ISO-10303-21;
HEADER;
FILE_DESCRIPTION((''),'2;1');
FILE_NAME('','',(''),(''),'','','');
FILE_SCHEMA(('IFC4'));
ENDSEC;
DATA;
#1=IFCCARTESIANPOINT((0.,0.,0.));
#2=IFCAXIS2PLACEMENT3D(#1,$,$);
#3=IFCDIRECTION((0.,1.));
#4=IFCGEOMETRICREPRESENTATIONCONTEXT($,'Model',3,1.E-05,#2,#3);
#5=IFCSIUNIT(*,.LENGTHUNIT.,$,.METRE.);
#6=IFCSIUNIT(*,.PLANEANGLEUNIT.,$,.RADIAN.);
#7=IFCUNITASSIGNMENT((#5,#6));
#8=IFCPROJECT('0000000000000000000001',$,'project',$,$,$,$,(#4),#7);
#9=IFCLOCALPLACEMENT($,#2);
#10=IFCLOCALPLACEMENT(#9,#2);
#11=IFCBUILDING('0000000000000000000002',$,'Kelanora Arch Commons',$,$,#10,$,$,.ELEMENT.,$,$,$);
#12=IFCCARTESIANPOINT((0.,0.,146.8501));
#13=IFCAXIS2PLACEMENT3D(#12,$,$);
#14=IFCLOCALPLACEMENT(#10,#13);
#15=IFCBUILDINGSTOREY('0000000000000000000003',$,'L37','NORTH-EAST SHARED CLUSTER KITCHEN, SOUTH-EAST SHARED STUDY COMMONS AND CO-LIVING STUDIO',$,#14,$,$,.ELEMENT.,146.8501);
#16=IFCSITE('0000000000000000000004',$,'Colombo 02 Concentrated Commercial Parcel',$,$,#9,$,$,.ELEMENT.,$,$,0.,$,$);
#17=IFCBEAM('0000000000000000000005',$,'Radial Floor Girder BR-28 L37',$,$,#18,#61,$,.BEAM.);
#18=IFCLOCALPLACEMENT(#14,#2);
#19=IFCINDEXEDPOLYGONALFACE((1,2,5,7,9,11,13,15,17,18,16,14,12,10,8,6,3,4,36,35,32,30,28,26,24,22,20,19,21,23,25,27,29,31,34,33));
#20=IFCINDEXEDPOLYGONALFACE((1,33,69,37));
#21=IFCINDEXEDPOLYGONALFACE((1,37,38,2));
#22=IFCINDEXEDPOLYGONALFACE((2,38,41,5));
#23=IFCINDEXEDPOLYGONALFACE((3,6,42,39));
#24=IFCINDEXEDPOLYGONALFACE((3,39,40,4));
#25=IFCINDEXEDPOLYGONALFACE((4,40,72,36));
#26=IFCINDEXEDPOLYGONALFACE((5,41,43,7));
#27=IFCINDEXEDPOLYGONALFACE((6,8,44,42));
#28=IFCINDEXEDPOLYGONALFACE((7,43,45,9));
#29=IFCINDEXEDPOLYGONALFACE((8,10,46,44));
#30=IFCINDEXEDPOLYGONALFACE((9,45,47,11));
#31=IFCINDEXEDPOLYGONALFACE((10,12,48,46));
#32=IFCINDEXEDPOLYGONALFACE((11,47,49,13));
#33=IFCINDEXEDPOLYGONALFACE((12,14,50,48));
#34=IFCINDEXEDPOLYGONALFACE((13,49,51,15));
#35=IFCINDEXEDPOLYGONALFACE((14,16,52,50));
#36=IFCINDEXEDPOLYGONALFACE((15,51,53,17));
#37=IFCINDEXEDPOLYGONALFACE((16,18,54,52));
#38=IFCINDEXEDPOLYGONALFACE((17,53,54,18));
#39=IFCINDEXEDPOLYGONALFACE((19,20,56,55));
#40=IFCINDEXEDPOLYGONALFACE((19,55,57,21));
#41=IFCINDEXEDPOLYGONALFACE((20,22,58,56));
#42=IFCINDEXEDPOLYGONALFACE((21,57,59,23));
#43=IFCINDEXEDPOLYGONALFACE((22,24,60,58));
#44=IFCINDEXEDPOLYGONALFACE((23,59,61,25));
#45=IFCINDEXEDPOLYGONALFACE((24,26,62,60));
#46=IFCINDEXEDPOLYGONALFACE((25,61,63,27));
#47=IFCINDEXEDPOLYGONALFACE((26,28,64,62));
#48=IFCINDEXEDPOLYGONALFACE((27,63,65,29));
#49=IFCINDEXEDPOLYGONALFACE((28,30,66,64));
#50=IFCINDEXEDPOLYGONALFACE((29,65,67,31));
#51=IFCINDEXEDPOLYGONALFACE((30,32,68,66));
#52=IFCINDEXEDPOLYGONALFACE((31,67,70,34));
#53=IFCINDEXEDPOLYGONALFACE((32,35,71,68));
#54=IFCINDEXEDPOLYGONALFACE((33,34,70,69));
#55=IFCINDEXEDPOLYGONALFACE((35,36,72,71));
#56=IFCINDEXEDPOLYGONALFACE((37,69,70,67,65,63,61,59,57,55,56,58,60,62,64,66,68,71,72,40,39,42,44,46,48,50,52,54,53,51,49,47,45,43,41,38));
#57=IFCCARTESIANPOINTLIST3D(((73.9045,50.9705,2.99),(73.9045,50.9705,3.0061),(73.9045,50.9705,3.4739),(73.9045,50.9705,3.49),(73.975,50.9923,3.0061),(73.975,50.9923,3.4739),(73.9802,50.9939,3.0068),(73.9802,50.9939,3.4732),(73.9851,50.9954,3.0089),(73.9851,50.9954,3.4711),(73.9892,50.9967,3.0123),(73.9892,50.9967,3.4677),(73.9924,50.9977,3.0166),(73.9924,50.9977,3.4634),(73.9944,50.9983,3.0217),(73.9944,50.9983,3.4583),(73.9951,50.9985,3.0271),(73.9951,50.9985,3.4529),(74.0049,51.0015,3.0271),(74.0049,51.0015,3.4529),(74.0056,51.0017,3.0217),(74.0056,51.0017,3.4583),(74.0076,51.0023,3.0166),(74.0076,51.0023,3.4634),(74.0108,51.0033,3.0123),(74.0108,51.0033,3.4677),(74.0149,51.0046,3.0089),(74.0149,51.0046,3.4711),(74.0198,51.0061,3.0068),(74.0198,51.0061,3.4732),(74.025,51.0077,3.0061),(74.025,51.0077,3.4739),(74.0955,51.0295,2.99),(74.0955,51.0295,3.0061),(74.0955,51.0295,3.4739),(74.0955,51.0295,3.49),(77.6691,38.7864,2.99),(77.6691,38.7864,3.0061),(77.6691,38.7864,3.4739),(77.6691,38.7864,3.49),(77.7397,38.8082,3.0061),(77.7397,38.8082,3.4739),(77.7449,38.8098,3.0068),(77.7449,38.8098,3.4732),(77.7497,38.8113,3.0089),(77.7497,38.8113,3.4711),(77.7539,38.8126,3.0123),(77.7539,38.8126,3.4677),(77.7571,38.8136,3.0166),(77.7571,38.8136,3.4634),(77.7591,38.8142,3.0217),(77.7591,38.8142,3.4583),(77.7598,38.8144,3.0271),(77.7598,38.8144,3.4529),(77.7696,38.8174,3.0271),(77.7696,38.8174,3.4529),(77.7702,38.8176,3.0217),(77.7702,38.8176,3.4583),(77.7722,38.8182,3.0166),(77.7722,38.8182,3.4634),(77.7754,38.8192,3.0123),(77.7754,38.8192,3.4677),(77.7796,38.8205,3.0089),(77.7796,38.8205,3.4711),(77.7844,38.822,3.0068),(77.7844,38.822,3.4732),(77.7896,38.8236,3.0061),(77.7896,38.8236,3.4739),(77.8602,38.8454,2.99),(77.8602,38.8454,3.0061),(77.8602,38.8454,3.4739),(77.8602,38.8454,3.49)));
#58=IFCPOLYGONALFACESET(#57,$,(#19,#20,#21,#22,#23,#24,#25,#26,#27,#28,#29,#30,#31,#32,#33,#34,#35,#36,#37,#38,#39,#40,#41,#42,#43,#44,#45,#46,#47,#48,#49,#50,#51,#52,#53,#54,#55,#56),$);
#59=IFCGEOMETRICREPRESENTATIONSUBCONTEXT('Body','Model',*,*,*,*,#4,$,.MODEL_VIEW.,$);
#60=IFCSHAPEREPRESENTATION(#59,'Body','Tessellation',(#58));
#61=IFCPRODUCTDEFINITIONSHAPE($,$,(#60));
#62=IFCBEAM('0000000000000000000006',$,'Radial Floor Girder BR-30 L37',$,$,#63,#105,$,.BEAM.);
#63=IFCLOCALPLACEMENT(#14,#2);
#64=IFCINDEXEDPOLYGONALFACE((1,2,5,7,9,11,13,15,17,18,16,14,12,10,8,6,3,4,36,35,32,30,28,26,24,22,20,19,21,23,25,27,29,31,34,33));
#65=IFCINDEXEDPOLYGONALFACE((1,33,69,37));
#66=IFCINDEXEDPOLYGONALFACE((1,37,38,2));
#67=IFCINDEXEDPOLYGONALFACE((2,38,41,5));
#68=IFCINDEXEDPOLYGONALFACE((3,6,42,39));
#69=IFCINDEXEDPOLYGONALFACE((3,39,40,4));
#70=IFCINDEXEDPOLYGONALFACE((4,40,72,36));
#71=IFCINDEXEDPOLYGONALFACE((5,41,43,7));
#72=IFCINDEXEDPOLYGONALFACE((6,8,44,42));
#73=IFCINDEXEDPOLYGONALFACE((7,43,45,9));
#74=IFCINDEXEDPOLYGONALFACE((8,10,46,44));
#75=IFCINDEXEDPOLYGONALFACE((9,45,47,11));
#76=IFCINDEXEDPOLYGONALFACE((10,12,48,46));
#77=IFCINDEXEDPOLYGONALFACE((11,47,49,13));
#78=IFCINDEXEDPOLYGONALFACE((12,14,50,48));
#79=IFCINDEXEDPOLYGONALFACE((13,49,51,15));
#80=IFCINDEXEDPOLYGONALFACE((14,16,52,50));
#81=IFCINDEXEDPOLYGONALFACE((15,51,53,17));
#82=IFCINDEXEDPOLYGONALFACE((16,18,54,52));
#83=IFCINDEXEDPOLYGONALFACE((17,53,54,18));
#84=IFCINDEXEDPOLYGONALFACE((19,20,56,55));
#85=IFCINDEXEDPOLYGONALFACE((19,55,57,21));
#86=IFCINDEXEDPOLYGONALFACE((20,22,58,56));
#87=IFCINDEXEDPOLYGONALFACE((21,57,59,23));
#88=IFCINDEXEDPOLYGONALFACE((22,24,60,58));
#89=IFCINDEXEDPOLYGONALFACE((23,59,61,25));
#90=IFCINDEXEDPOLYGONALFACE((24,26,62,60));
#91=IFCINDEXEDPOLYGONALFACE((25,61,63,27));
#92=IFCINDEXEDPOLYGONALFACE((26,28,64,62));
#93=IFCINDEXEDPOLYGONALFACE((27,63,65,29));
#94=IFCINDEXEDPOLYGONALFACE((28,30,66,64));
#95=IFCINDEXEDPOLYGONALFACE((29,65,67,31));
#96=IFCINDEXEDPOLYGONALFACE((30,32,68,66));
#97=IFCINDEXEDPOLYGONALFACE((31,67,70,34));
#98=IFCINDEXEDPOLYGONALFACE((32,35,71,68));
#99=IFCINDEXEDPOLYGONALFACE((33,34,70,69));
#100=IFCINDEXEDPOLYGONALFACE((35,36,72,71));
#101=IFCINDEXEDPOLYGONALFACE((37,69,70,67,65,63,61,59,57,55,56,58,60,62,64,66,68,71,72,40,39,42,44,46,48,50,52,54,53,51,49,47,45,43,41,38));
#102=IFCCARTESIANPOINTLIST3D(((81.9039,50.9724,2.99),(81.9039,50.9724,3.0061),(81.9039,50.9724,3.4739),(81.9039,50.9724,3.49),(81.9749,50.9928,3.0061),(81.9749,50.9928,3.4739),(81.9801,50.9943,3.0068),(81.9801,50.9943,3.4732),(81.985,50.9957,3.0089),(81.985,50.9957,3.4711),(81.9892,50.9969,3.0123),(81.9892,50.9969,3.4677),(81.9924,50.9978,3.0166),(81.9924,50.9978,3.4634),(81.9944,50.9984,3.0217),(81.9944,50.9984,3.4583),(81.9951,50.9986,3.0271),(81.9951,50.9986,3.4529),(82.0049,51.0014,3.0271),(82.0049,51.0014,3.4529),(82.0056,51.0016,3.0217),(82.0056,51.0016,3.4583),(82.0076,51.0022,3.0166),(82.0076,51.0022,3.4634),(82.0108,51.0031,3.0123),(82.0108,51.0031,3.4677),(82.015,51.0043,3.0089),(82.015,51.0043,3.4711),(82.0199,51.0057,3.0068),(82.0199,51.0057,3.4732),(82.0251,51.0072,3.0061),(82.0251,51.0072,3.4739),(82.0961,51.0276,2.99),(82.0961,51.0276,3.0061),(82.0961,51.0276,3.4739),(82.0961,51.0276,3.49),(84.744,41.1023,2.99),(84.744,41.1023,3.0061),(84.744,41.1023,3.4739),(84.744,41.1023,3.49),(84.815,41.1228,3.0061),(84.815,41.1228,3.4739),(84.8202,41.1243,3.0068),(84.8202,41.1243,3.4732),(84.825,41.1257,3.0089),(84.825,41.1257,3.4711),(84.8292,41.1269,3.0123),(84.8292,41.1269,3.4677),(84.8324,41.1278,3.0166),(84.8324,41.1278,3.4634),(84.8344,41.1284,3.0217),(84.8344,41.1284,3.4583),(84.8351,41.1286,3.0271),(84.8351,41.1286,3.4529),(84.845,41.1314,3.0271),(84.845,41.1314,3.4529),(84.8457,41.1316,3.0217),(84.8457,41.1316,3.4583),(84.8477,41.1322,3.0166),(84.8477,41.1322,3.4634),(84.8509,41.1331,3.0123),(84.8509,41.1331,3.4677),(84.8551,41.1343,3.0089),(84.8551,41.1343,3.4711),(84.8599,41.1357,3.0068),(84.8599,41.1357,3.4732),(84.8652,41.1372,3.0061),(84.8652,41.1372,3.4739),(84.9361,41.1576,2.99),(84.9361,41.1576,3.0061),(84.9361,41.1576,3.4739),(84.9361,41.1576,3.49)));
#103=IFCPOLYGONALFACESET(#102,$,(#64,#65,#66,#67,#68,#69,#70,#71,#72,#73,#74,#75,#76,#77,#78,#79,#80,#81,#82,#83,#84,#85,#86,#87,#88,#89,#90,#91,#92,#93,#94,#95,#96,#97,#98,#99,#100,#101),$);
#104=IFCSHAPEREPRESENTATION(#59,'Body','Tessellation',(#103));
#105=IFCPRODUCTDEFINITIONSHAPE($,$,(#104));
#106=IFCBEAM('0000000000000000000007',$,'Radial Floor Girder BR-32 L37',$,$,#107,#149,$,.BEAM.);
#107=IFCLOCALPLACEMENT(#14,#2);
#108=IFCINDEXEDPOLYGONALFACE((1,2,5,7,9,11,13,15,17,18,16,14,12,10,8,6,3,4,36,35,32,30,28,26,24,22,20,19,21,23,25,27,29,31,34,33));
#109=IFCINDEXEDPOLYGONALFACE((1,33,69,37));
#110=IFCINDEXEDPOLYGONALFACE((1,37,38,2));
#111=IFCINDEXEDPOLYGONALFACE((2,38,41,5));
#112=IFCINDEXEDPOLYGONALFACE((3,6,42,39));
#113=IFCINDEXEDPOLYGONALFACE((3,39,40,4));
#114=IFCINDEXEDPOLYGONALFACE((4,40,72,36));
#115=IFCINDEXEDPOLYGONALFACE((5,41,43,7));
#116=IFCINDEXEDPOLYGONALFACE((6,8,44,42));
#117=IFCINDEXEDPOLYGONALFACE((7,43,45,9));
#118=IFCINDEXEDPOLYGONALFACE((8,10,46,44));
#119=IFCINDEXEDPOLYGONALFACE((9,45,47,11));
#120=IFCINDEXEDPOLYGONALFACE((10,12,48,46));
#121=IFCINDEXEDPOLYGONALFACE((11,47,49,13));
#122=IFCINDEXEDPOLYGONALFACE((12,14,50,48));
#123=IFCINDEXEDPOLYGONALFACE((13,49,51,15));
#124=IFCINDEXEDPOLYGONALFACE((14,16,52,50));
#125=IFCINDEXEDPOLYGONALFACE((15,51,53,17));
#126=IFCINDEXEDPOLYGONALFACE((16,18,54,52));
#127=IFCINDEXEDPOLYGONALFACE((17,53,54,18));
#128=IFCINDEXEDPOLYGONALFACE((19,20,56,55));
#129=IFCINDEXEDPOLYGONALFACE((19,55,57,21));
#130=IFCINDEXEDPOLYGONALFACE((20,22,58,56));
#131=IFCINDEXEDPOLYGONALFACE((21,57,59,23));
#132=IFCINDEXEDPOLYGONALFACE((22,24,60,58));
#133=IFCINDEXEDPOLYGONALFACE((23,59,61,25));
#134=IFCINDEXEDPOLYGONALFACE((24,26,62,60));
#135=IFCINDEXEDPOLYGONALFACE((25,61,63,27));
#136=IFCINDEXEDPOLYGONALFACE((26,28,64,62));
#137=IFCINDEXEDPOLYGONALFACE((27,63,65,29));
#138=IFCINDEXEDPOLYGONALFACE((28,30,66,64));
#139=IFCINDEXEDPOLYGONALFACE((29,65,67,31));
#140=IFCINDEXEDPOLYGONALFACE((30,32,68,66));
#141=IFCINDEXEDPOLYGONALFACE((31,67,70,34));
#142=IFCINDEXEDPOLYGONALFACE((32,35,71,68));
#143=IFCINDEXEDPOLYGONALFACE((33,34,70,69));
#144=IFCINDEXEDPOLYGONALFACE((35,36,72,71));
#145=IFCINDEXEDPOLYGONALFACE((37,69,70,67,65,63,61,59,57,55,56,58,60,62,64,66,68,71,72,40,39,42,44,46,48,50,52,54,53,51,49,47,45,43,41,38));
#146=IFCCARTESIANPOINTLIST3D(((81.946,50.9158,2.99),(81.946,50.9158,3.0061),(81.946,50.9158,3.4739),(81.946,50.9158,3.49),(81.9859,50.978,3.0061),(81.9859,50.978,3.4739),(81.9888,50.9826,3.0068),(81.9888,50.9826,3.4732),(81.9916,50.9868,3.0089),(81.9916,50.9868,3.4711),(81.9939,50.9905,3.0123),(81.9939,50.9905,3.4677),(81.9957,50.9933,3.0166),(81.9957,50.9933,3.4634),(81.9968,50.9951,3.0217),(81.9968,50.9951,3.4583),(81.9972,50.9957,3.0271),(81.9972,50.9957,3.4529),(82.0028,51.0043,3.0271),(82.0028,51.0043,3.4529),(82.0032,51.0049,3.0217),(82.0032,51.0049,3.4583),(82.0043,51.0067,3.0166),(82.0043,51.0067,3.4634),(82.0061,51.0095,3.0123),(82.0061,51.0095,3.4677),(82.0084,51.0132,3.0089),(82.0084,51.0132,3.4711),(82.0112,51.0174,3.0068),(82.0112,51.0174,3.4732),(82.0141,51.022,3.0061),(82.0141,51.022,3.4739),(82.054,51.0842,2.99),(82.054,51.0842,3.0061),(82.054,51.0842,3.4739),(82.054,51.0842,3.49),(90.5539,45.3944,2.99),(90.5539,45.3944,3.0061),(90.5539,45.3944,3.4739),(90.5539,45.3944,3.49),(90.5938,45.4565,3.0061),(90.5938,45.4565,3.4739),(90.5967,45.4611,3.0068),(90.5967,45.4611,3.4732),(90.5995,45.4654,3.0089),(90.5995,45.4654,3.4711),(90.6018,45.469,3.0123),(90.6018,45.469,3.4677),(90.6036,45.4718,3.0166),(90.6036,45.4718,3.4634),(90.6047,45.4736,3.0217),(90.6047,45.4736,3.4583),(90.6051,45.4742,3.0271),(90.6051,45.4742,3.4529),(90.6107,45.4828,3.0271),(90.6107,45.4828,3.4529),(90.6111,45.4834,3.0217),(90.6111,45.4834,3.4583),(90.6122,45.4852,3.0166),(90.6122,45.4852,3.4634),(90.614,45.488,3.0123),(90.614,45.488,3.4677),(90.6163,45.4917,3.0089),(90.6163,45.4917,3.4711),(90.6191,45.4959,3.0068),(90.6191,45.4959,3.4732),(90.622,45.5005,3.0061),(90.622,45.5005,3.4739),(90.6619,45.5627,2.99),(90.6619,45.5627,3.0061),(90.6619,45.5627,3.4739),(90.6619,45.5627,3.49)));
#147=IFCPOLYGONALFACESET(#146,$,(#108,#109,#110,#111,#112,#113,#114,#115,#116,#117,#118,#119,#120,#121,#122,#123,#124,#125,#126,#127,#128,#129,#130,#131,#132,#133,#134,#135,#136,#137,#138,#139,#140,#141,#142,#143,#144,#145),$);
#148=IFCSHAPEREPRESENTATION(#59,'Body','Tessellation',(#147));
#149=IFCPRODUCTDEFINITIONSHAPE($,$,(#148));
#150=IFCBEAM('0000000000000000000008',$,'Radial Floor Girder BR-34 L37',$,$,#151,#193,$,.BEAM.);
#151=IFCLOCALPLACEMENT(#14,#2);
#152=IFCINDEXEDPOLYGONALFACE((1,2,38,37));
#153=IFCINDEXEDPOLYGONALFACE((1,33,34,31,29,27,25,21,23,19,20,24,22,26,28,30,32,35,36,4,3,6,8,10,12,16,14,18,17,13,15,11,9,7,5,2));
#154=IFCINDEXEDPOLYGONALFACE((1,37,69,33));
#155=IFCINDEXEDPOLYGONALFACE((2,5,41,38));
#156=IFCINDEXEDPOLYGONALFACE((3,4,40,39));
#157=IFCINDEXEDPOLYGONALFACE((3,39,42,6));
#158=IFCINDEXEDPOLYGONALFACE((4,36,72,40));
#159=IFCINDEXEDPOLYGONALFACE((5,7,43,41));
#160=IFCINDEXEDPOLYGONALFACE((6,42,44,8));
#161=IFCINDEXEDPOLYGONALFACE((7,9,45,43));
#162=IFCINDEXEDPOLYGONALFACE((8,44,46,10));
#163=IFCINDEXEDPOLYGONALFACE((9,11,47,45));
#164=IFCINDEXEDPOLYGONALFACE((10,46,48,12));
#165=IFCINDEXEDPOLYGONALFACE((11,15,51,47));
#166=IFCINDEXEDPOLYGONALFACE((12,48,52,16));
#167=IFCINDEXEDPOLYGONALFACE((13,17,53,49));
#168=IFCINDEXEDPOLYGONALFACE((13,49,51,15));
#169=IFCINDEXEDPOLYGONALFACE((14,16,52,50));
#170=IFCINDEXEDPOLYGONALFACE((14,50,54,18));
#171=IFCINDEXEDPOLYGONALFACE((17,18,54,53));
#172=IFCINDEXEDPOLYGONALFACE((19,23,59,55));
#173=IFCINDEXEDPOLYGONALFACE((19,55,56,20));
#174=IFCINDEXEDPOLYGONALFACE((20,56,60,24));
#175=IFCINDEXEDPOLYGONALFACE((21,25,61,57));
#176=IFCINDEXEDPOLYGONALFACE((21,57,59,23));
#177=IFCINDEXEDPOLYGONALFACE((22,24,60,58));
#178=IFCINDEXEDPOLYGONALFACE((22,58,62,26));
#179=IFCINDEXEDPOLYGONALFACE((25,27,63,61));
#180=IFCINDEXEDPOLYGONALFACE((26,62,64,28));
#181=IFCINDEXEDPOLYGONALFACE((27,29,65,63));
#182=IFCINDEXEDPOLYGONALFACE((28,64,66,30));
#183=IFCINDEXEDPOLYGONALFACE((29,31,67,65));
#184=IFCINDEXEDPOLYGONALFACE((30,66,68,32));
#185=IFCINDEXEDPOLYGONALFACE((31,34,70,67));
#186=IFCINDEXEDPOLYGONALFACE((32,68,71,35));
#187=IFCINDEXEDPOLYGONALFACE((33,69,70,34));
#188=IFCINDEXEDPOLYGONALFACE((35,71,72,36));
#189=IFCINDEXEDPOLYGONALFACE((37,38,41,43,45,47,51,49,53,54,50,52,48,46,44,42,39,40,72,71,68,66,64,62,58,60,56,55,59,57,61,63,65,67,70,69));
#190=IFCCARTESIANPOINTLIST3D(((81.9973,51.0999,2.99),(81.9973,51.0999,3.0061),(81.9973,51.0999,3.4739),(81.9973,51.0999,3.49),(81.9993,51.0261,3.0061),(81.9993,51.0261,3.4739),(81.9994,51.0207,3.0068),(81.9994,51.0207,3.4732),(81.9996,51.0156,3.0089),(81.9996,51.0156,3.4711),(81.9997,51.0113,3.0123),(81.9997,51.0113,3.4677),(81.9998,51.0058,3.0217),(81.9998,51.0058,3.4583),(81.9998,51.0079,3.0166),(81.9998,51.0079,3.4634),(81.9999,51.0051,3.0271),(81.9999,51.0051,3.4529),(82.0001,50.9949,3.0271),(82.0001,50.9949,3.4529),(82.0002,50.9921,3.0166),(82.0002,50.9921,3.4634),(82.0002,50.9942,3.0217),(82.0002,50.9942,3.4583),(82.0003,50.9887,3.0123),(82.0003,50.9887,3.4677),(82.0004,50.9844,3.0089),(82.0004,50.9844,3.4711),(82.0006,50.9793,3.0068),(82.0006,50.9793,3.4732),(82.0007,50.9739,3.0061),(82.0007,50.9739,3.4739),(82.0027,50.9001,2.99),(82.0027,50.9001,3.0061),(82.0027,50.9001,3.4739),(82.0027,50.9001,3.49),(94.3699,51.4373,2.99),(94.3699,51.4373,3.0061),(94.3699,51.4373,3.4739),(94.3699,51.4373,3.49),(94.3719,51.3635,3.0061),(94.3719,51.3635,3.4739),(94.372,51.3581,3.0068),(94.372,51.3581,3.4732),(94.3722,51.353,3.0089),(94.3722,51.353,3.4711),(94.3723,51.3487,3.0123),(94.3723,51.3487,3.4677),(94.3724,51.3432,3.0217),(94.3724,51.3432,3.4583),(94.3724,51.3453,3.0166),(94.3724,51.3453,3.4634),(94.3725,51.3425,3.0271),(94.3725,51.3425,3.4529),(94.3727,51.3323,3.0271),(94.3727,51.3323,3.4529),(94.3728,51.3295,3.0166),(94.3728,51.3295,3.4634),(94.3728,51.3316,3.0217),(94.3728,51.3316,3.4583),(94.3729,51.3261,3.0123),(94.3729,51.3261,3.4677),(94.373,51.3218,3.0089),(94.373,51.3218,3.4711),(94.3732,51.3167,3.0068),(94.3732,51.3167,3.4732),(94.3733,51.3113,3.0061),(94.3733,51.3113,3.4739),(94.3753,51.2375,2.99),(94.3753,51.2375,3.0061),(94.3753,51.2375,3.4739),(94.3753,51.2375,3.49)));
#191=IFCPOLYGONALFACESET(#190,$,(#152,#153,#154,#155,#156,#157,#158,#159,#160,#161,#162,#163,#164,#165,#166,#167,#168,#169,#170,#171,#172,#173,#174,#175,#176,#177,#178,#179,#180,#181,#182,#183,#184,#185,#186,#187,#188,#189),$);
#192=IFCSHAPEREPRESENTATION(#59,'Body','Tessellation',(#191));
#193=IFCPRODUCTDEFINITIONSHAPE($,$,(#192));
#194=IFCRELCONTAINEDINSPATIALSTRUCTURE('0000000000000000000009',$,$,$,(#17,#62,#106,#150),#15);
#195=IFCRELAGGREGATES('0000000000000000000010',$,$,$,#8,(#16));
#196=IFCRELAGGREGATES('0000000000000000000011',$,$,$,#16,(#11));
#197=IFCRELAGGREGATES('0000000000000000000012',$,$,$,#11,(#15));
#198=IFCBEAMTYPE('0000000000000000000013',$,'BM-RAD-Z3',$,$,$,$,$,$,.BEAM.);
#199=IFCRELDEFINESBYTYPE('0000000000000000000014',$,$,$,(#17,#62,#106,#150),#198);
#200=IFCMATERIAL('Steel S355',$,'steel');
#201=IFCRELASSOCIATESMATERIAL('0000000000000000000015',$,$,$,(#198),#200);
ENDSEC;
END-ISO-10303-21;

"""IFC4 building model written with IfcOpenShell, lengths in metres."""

from ifc_helpers import new_model, si_unit, direction, frame, origin, origin_2d, place, context, subcontext, project, spatial, i_section, extrude, material, material_profile, profile_set, type_object, element, save


model = new_model("IFC4")

# Units and contexts
model_context = context("Model", 3, precision=1e-05, world=origin(), true_north=direction((0.0, 1.0)))
body_context = subcontext(model_context, "Body", "Model", "MODEL_VIEW")
ifc_project = project(units=[si_unit("LENGTHUNIT", "METRE"), si_unit("PLANEANGLEUNIT", "RADIAN")], contexts=[model_context])

# Site, building, storey
site_placement = place(None, origin())
site = spatial("IfcSite", under=ifc_project, at=site_placement, Name="Colombo 02 Concentrated Commercial Parcel", CompositionType="ELEMENT", RefElevation=0.0)
building_placement = place(site_placement, origin())
building = spatial("IfcBuilding", under=site, at=building_placement, Name="Kelanora Arch Commons", CompositionType="ELEMENT")
storey_placement = place(building_placement, frame((0.0, 0.0, 146.8501)))
storey = spatial("IfcBuildingStorey", under=building, at=storey_placement, Name="L37", Description="NORTH-EAST SHARED CLUSTER KITCHEN, SOUTH-EAST SHARED STUDY COMMONS AND CO-LIVING STUDIO", CompositionType="ELEMENT", Elevation=146.8501)

# Beams
ifc_material_1 = material(Name="Steel S355", Category="steel")
ifc_material_profile_1 = material_profile(ifc_material_1, i_section(OverallWidth=0.2, OverallDepth=0.5, WebThickness=0.0103, FlangeThickness=0.0161, FilletRadius=0.021, at=origin_2d()), Name="IPE500")
ifc_profile_set_1 = profile_set([ifc_material_profile_1], Name="Steel S355")
beam_type_1 = type_object("IfcBeamType", Name="BM-RAD-Z3", PredefinedType="BEAM", material=ifc_profile_set_1)
for number, where, z_axis, x_axis, name in (
    (1, (74.0, 51.0, 3.24), (0.29521, -0.955432, 0.0), (0.955432, 0.29521, 0.0), "Radial Floor Girder BR-28 L37"),
):
    element("IfcBeam", number, at=place(storey_placement, frame(where, z_axis=z_axis, x_axis=x_axis)), inside=storey, type_object=beam_type_1, Name=name, PredefinedType="BEAM", context=body_context, shape_type="SweptSolid", body=[
        extrude(i_section(OverallWidth=0.2, OverallDepth=0.5, WebThickness=0.0103, FlangeThickness=0.0161, FilletRadius=0.021, at=origin_2d()), origin(), (0.0, 0.0, 1.0), 12.7524),
    ])
beam_1_placement = place(storey_placement, frame((82.0, 51.0, 3.24), z_axis=(0.276526, -0.961006, 0.0), x_axis=(0.961006, 0.276526, 0.0)))
element("IfcBeam", 2, at=beam_1_placement, inside=storey, type_object=beam_type_1, Name="Radial Floor Girder BR-30 L37", PredefinedType="BEAM", context=body_context, shape_type="SweptSolid", body=[
    extrude(i_section(OverallWidth=0.2, OverallDepth=0.5, WebThickness=0.0103, FlangeThickness=0.0161, FilletRadius=0.021, at=origin_2d()), origin(), (0.0, 0.0, 1.0), 10.2705),
])
beam_2_placement = place(storey_placement, frame((82.0, 51.0, 3.24), z_axis=(0.841719, -0.539915, 0.0), x_axis=(0.539915, 0.841719, 0.0)))
element("IfcBeam", 3, at=beam_2_placement, inside=storey, type_object=beam_type_1, Name="Radial Floor Girder BR-32 L37", PredefinedType="BEAM", context=body_context, shape_type="SweptSolid", body=[
    extrude(i_section(OverallWidth=0.2, OverallDepth=0.5, WebThickness=0.0103, FlangeThickness=0.0161, FilletRadius=0.021, at=origin_2d()), origin(), (0.0, 0.0, 1.0), 10.2266),
])
beam_3_placement = place(storey_placement, frame((82.0, 51.0, 3.24), z_axis=(0.999628, 0.02726, 0.0), x_axis=(-0.02726, 0.999628, 0.0)))
element("IfcBeam", 4, at=beam_3_placement, inside=storey, type_object=beam_type_1, Name="Radial Floor Girder BR-34 L37", PredefinedType="BEAM", context=body_context, shape_type="SweptSolid", body=[
    extrude(i_section(OverallWidth=0.2, OverallDepth=0.5, WebThickness=0.0103, FlangeThickness=0.0161, FilletRadius=0.021, at=origin_2d()), origin(), (0.0, 0.0, 1.0), 12.3772),
])

save(model, "model.ifc")
